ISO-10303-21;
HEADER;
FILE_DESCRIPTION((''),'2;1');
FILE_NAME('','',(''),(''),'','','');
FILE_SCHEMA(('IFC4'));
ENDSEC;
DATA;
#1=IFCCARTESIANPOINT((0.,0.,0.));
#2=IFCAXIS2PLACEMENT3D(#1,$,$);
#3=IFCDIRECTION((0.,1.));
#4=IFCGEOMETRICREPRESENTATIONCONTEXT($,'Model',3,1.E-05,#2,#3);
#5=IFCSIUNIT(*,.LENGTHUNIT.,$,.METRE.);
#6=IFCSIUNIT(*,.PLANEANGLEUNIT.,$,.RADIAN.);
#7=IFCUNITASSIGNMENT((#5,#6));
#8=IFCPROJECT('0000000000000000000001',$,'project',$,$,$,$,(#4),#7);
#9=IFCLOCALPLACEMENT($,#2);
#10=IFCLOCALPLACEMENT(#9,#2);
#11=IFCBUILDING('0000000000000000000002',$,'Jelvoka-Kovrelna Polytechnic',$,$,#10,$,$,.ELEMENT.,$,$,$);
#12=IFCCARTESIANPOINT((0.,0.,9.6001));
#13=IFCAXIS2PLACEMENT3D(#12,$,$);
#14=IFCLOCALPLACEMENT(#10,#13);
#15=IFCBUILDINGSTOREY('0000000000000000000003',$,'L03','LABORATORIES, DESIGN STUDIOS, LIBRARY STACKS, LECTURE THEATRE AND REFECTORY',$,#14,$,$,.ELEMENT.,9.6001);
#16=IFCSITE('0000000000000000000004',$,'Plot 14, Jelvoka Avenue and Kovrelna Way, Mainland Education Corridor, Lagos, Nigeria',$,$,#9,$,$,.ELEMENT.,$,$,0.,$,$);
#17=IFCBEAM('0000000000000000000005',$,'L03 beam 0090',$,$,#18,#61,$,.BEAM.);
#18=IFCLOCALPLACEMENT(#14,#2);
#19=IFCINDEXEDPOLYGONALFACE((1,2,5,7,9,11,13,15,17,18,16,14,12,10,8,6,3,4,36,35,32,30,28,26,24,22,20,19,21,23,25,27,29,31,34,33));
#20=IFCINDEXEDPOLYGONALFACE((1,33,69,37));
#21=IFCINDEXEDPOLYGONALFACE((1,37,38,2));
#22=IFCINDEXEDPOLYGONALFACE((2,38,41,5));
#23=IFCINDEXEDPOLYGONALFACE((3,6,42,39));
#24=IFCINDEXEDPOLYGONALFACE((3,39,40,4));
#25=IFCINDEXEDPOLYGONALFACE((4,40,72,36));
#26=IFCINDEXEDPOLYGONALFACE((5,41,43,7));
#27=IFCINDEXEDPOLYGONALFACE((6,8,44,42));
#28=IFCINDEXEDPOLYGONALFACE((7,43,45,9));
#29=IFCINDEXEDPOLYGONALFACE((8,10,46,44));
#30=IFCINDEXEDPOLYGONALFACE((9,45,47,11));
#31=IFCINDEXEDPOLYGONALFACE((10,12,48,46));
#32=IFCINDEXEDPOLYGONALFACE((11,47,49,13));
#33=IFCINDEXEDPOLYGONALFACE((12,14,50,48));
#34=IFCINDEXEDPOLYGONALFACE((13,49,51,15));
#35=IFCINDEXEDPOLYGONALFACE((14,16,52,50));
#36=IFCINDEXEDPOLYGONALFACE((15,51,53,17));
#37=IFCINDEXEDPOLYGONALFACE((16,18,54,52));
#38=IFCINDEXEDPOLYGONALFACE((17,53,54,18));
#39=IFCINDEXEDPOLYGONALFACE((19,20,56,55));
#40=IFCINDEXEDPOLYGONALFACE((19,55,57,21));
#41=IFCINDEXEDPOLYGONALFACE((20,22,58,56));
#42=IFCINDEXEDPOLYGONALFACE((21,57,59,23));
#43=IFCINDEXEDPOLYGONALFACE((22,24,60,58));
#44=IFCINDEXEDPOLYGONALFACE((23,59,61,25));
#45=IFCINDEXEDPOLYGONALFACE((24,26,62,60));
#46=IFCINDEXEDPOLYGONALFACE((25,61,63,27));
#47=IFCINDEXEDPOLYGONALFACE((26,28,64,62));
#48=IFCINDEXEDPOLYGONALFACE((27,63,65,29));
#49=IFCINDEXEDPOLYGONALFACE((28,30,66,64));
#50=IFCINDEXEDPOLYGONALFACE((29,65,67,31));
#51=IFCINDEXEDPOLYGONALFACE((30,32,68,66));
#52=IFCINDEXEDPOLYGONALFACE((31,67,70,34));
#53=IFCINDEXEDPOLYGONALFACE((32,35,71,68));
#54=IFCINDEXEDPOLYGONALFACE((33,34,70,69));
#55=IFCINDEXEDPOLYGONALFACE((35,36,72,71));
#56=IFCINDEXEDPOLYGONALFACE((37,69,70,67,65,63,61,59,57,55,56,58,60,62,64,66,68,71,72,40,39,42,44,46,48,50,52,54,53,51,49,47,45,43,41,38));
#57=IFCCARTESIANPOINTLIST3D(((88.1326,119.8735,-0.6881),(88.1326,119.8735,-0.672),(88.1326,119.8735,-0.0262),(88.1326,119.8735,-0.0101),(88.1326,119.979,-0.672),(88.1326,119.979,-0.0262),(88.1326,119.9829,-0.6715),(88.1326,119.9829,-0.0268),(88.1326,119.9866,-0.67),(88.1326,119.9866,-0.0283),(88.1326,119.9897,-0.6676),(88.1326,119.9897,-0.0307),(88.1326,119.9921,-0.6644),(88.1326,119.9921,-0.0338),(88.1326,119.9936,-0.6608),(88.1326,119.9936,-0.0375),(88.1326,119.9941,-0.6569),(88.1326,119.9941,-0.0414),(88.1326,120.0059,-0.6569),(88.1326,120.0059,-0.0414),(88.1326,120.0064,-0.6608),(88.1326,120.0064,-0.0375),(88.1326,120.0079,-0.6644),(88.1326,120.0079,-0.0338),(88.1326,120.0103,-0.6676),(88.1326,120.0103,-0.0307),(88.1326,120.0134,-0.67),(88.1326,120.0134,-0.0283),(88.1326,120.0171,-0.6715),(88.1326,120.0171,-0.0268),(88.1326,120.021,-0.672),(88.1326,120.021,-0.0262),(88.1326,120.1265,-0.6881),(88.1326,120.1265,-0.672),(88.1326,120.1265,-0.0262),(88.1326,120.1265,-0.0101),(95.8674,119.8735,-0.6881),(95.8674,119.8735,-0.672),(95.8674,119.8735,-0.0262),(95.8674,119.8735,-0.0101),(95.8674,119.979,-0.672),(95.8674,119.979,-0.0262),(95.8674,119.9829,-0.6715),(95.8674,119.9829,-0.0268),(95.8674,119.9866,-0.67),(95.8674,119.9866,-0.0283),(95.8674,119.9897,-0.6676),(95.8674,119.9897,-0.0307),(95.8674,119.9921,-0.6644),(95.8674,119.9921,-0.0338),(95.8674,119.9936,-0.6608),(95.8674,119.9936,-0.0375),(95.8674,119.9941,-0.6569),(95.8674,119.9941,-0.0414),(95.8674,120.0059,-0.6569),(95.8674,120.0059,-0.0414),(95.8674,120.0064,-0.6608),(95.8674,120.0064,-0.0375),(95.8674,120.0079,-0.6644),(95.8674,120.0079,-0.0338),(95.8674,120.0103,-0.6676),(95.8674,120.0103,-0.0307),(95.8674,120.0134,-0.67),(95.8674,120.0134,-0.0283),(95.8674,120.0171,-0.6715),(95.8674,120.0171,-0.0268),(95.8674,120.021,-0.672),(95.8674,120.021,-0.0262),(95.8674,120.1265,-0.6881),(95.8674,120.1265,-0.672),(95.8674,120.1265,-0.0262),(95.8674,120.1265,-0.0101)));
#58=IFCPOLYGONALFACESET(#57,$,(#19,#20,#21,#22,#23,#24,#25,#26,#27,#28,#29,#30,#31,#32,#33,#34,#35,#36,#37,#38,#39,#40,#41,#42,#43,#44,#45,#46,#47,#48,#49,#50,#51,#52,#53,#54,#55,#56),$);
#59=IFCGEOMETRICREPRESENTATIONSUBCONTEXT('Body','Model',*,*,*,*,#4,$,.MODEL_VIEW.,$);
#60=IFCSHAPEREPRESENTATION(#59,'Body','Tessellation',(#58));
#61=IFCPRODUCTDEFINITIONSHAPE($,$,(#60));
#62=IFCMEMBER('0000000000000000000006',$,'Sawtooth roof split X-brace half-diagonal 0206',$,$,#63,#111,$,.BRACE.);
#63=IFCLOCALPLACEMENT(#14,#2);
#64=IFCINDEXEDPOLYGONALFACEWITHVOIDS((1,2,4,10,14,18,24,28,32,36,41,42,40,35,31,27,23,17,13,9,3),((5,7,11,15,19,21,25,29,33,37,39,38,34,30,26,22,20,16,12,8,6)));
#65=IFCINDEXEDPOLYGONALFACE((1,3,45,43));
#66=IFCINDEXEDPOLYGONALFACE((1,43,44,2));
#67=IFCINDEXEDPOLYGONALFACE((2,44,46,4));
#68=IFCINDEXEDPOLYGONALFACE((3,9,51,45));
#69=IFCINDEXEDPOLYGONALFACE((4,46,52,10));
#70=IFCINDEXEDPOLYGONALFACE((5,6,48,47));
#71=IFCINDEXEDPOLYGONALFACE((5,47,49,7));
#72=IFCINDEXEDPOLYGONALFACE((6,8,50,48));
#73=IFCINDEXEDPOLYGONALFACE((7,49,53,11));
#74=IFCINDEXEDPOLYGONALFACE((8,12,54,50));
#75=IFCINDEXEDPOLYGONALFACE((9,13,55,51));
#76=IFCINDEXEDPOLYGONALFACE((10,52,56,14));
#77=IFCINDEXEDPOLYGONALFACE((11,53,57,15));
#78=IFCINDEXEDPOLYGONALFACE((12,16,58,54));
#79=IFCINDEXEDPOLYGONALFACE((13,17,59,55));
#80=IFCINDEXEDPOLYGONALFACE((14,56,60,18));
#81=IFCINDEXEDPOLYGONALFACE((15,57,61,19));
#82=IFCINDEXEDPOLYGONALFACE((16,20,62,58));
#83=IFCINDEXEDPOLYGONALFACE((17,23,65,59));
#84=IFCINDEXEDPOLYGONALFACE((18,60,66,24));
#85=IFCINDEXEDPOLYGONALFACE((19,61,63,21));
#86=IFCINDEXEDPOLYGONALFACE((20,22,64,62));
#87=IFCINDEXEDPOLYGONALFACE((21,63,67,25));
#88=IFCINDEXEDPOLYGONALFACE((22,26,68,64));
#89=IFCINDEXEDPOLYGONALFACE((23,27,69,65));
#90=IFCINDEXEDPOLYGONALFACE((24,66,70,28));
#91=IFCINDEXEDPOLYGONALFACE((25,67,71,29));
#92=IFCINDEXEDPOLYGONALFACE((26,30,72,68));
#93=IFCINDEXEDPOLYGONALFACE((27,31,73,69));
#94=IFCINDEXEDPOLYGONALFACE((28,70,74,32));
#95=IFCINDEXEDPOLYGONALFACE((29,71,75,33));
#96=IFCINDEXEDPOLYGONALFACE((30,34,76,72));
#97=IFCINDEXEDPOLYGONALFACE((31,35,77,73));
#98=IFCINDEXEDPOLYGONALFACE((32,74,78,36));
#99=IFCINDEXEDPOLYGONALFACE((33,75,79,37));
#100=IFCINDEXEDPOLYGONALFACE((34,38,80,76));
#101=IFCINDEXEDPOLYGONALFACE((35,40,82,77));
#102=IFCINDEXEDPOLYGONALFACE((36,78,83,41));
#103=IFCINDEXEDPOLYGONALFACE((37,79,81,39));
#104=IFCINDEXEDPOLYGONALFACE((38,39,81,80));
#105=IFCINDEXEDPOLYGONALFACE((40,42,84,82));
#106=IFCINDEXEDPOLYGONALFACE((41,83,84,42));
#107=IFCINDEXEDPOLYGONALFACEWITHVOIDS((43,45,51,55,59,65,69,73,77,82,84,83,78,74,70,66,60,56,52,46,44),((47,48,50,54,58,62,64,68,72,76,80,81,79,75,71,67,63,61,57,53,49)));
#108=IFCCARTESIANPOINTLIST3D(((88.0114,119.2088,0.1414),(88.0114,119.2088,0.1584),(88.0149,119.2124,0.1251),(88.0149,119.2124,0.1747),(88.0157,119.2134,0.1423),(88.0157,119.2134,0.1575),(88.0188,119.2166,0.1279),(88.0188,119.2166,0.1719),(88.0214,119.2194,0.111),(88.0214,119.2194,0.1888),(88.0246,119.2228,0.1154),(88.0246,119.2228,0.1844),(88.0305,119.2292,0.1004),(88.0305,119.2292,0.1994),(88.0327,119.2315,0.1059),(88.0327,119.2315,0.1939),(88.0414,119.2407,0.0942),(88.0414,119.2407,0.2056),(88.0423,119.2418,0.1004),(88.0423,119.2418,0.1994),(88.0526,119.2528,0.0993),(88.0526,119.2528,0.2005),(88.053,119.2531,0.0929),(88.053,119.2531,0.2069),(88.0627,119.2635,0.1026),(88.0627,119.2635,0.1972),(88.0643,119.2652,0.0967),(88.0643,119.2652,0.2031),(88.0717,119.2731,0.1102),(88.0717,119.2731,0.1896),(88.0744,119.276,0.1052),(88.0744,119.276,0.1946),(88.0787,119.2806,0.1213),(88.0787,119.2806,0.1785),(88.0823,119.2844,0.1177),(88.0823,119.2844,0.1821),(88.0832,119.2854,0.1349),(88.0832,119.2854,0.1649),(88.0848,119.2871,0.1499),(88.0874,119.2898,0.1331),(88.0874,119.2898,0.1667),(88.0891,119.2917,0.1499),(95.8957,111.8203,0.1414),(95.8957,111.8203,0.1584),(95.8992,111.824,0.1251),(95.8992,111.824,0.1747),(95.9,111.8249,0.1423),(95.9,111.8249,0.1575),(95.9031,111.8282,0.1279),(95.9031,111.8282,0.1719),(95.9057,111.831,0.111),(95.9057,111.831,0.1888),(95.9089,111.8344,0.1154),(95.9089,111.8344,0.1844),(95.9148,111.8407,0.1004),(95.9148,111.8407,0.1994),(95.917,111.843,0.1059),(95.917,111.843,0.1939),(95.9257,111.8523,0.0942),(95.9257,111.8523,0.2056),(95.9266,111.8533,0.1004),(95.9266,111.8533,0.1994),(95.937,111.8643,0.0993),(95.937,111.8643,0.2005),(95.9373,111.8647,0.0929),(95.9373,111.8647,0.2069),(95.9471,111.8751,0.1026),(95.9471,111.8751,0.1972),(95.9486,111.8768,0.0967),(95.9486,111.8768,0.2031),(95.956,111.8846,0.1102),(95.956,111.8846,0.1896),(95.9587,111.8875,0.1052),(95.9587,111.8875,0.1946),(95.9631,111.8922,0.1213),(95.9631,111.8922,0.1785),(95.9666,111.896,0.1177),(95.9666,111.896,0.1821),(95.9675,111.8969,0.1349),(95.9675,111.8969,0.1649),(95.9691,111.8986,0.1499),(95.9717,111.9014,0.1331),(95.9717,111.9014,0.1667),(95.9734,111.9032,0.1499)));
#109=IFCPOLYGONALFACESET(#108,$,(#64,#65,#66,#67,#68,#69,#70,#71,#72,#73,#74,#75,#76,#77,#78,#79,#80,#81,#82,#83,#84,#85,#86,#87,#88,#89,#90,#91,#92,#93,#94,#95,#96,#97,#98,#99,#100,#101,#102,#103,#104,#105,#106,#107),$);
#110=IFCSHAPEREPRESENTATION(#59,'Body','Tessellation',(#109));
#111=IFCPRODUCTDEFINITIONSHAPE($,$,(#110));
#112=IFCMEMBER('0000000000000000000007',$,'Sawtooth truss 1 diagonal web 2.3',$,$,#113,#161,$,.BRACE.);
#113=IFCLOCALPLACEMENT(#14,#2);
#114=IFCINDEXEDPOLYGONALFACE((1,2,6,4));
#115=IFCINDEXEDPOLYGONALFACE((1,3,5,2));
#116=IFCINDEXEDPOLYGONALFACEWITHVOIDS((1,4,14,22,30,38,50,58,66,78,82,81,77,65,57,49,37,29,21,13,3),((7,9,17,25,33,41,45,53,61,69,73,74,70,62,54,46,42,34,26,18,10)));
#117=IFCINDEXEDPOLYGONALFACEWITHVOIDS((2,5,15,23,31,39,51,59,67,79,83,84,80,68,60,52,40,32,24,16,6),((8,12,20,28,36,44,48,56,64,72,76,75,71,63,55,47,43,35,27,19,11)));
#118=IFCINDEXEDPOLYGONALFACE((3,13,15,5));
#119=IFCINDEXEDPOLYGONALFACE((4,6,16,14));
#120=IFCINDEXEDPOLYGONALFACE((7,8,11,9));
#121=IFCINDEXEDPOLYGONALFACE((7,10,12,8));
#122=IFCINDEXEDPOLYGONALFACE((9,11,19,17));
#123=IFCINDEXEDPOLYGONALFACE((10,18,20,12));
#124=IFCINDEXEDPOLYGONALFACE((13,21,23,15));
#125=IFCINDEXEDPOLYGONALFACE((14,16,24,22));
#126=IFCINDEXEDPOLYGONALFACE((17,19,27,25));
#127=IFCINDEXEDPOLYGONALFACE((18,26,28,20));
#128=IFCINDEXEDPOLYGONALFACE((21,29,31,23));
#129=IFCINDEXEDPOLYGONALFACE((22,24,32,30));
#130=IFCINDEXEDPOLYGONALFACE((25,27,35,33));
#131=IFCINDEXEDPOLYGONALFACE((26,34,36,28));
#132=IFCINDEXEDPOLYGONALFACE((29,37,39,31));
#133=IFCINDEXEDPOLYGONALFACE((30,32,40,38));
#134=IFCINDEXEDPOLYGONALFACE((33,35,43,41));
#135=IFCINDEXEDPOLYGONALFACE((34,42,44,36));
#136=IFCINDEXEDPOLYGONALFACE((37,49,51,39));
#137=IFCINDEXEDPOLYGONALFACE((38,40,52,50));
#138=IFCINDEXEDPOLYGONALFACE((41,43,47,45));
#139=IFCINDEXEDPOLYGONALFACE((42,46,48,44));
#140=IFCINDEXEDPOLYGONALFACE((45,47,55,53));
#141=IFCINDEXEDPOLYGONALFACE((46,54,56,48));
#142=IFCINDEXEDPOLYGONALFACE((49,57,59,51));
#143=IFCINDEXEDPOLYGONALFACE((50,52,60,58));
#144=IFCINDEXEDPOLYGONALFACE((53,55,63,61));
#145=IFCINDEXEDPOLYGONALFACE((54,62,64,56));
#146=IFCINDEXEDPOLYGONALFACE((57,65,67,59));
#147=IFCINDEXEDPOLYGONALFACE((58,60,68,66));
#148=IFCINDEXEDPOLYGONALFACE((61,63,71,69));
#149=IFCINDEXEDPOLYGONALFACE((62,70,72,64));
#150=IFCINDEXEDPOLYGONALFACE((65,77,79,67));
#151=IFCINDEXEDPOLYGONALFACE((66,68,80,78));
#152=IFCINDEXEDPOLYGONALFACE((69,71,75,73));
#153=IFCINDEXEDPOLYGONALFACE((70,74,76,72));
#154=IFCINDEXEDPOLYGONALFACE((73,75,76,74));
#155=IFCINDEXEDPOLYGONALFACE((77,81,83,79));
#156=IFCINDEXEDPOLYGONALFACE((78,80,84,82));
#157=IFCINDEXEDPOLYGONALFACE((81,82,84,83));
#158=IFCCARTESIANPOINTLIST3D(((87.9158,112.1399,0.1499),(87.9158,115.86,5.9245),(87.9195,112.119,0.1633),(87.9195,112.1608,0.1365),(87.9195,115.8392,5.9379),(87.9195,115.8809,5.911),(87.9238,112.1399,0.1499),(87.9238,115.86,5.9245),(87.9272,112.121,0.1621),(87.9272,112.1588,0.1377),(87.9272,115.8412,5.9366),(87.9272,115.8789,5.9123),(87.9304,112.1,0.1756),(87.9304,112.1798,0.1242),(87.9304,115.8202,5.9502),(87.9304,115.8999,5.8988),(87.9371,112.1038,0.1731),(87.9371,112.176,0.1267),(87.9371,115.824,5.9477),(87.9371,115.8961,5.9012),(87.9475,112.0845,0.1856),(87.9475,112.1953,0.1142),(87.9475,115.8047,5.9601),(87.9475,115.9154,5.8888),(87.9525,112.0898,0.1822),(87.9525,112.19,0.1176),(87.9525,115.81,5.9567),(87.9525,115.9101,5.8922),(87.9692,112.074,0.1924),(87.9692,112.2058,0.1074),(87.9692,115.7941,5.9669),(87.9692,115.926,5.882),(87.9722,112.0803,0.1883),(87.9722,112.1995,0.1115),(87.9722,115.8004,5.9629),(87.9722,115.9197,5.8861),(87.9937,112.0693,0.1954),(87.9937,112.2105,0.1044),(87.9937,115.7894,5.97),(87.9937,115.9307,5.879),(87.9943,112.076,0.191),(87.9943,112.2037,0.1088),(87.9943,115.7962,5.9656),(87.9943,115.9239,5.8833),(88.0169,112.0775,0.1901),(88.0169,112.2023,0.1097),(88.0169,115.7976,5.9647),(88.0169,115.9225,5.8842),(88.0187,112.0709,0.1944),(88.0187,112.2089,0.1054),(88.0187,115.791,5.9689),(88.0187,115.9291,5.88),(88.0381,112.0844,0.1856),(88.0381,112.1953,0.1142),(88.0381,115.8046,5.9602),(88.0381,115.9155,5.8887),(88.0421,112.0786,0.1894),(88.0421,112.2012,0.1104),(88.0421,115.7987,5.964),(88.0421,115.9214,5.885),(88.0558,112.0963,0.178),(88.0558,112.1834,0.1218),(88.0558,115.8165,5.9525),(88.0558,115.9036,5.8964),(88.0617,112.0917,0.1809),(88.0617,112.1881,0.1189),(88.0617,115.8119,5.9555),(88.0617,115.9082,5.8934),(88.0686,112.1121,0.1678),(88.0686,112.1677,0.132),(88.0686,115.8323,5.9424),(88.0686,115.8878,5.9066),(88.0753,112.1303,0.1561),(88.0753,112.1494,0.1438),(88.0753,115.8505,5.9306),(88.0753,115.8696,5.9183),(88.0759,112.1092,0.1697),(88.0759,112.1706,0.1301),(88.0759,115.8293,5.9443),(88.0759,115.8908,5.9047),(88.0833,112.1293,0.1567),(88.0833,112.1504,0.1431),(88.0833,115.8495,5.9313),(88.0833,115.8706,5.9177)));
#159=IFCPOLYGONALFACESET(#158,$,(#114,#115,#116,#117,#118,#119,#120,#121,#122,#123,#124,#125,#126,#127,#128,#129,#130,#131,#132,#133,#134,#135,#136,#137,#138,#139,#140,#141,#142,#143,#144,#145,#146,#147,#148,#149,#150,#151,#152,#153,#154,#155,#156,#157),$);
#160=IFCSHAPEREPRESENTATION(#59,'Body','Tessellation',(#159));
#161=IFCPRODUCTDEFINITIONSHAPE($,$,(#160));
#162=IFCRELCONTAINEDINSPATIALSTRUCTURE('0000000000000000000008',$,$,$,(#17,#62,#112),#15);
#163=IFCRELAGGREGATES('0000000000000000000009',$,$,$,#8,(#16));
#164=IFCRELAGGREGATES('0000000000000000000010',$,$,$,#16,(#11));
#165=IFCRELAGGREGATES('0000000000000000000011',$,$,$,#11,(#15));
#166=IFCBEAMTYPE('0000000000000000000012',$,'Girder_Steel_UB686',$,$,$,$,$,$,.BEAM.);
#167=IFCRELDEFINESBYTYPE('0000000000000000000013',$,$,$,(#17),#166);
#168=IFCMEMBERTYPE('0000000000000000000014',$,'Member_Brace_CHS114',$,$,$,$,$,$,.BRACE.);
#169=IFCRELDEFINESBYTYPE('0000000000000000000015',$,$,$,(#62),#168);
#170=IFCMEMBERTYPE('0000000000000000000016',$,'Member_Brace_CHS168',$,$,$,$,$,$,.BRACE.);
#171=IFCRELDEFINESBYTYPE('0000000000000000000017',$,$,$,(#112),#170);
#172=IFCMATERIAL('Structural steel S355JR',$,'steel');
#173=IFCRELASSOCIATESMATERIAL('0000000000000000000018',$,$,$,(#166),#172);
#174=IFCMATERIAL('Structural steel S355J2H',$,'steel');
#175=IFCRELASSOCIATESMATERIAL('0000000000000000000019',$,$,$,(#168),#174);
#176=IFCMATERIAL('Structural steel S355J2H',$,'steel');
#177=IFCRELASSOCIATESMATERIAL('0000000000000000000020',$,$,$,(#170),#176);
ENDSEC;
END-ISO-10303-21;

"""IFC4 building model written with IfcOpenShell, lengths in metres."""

from ifc_helpers import new_model, si_unit, direction, frame, origin, origin_2d, place, context, subcontext, project, spatial, hollow_circle, i_section, extrude, material, material_profile, profile_set, type_object, element, save


model = new_model("IFC4")

# Units and contexts
model_context = context("Model", 3, precision=1e-05, world=origin(), true_north=direction((0.0, 1.0)))
body_context = subcontext(model_context, "Body", "Model", "MODEL_VIEW")
ifc_project = project(units=[si_unit("LENGTHUNIT", "METRE"), si_unit("PLANEANGLEUNIT", "RADIAN")], contexts=[model_context])

# Site, building, storey
site_placement = place(None, origin())
site = spatial("IfcSite", under=ifc_project, at=site_placement, Name="Plot 14, Jelvoka Avenue and Kovrelna Way, Mainland Education Corridor, Lagos, Nigeria", CompositionType="ELEMENT", RefElevation=0.0)
building_placement = place(site_placement, origin())
building = spatial("IfcBuilding", under=site, at=building_placement, Name="Jelvoka-Kovrelna Polytechnic", CompositionType="ELEMENT")
storey_placement = place(building_placement, frame((0.0, 0.0, 9.6001)))
storey = spatial("IfcBuildingStorey", under=building, at=storey_placement, Name="L03", Description="LABORATORIES, DESIGN STUDIOS, LIBRARY STACKS, LECTURE THEATRE AND REFECTORY", CompositionType="ELEMENT", Elevation=9.6001)

# Beam
ifc_material_1 = material(Name="Structural steel S355JR", Category="steel")
ifc_material_profile_1 = material_profile(ifc_material_1, i_section(OverallWidth=0.2529, OverallDepth=0.678, WebThickness=0.0117, FlangeThickness=0.0161, FilletRadius=0.0151, at=origin_2d()), Name="686x254x125 UB")
ifc_profile_set_1 = profile_set([ifc_material_profile_1], Name="Structural steel S355JR")
beam_type_1 = type_object("IfcBeamType", Name="Girder_Steel_UB686", PredefinedType="BEAM", material=ifc_profile_set_1)
beam_1_placement = place(storey_placement, frame((88.1326, 120.0, -0.3491), z_axis=(1.0, 0.0, 0.0), x_axis=(0.0, 1.0, 0.0)))
element("IfcBeam", 1, at=beam_1_placement, inside=storey, type_object=beam_type_1, Name="L03 beam 0090", PredefinedType="BEAM", context=body_context, shape_type="SweptSolid", body=[
    extrude(i_section(OverallWidth=0.2529, OverallDepth=0.678, WebThickness=0.0117, FlangeThickness=0.0161, FilletRadius=0.0151, at=origin_2d()), origin(), (0.0, 0.0, 1.0), 7.7349),
])

# Members
ifc_material_2 = material(Name="Structural steel S355J2H", Category="steel")
ifc_material_profile_2 = material_profile(ifc_material_2, hollow_circle(Radius=0.0571, WallThickness=0.0063, at=origin_2d()), Name="114.3x6.3 CHS")
ifc_profile_set_2 = profile_set([ifc_material_profile_2], Name="Structural steel S355J2H")
member_type_1 = type_object("IfcMemberType", Name="Member_Brace_CHS114", PredefinedType="BRACE", material=ifc_profile_set_2)
member_1_placement = place(storey_placement, frame((88.05, 119.25, 0.1499), z_axis=(0.72968, -0.683789, 0.0), x_axis=(0.683789, 0.72968, 0.0)))
element("IfcMember", 2, at=member_1_placement, inside=storey, type_object=member_type_1, Name="Sawtooth roof split X-brace half-diagonal 0206", PredefinedType="BRACE", context=body_context, shape_type="SweptSolid", body=[
    extrude(hollow_circle(Radius=0.0571, WallThickness=0.0063, at=origin_2d()), origin(), (0.0, 0.0, 1.0), 10.8052),
])
ifc_material_3 = material(Name="Structural steel S355J2H", Category="steel")
ifc_material_profile_3 = material_profile(ifc_material_3, hollow_circle(Radius=0.0842, WallThickness=0.0081, at=origin_2d()), Name="168.3x8.0 CHS")
ifc_profile_set_3 = profile_set([ifc_material_profile_3], Name="Structural steel S355J2H")
member_type_2 = type_object("IfcMemberType", Name="Member_Brace_CHS168", PredefinedType="BRACE", material=ifc_profile_set_3)
member_2_placement = place(storey_placement, frame((88.0, 112.1399, 0.1499), z_axis=(0.0, 0.541575, 0.840653), x_axis=(-1.0, 0.0, 0.0)))
element("IfcMember", 3, at=member_2_placement, inside=storey, type_object=member_type_2, Name="Sawtooth truss 1 diagonal web 2.3", PredefinedType="BRACE", context=body_context, shape_type="SweptSolid", body=[
    extrude(hollow_circle(Radius=0.0842, WallThickness=0.0081, at=origin_2d()), origin(), (0.0, 0.0, 1.0), 6.8691),
])

save(model, "model.ifc")
